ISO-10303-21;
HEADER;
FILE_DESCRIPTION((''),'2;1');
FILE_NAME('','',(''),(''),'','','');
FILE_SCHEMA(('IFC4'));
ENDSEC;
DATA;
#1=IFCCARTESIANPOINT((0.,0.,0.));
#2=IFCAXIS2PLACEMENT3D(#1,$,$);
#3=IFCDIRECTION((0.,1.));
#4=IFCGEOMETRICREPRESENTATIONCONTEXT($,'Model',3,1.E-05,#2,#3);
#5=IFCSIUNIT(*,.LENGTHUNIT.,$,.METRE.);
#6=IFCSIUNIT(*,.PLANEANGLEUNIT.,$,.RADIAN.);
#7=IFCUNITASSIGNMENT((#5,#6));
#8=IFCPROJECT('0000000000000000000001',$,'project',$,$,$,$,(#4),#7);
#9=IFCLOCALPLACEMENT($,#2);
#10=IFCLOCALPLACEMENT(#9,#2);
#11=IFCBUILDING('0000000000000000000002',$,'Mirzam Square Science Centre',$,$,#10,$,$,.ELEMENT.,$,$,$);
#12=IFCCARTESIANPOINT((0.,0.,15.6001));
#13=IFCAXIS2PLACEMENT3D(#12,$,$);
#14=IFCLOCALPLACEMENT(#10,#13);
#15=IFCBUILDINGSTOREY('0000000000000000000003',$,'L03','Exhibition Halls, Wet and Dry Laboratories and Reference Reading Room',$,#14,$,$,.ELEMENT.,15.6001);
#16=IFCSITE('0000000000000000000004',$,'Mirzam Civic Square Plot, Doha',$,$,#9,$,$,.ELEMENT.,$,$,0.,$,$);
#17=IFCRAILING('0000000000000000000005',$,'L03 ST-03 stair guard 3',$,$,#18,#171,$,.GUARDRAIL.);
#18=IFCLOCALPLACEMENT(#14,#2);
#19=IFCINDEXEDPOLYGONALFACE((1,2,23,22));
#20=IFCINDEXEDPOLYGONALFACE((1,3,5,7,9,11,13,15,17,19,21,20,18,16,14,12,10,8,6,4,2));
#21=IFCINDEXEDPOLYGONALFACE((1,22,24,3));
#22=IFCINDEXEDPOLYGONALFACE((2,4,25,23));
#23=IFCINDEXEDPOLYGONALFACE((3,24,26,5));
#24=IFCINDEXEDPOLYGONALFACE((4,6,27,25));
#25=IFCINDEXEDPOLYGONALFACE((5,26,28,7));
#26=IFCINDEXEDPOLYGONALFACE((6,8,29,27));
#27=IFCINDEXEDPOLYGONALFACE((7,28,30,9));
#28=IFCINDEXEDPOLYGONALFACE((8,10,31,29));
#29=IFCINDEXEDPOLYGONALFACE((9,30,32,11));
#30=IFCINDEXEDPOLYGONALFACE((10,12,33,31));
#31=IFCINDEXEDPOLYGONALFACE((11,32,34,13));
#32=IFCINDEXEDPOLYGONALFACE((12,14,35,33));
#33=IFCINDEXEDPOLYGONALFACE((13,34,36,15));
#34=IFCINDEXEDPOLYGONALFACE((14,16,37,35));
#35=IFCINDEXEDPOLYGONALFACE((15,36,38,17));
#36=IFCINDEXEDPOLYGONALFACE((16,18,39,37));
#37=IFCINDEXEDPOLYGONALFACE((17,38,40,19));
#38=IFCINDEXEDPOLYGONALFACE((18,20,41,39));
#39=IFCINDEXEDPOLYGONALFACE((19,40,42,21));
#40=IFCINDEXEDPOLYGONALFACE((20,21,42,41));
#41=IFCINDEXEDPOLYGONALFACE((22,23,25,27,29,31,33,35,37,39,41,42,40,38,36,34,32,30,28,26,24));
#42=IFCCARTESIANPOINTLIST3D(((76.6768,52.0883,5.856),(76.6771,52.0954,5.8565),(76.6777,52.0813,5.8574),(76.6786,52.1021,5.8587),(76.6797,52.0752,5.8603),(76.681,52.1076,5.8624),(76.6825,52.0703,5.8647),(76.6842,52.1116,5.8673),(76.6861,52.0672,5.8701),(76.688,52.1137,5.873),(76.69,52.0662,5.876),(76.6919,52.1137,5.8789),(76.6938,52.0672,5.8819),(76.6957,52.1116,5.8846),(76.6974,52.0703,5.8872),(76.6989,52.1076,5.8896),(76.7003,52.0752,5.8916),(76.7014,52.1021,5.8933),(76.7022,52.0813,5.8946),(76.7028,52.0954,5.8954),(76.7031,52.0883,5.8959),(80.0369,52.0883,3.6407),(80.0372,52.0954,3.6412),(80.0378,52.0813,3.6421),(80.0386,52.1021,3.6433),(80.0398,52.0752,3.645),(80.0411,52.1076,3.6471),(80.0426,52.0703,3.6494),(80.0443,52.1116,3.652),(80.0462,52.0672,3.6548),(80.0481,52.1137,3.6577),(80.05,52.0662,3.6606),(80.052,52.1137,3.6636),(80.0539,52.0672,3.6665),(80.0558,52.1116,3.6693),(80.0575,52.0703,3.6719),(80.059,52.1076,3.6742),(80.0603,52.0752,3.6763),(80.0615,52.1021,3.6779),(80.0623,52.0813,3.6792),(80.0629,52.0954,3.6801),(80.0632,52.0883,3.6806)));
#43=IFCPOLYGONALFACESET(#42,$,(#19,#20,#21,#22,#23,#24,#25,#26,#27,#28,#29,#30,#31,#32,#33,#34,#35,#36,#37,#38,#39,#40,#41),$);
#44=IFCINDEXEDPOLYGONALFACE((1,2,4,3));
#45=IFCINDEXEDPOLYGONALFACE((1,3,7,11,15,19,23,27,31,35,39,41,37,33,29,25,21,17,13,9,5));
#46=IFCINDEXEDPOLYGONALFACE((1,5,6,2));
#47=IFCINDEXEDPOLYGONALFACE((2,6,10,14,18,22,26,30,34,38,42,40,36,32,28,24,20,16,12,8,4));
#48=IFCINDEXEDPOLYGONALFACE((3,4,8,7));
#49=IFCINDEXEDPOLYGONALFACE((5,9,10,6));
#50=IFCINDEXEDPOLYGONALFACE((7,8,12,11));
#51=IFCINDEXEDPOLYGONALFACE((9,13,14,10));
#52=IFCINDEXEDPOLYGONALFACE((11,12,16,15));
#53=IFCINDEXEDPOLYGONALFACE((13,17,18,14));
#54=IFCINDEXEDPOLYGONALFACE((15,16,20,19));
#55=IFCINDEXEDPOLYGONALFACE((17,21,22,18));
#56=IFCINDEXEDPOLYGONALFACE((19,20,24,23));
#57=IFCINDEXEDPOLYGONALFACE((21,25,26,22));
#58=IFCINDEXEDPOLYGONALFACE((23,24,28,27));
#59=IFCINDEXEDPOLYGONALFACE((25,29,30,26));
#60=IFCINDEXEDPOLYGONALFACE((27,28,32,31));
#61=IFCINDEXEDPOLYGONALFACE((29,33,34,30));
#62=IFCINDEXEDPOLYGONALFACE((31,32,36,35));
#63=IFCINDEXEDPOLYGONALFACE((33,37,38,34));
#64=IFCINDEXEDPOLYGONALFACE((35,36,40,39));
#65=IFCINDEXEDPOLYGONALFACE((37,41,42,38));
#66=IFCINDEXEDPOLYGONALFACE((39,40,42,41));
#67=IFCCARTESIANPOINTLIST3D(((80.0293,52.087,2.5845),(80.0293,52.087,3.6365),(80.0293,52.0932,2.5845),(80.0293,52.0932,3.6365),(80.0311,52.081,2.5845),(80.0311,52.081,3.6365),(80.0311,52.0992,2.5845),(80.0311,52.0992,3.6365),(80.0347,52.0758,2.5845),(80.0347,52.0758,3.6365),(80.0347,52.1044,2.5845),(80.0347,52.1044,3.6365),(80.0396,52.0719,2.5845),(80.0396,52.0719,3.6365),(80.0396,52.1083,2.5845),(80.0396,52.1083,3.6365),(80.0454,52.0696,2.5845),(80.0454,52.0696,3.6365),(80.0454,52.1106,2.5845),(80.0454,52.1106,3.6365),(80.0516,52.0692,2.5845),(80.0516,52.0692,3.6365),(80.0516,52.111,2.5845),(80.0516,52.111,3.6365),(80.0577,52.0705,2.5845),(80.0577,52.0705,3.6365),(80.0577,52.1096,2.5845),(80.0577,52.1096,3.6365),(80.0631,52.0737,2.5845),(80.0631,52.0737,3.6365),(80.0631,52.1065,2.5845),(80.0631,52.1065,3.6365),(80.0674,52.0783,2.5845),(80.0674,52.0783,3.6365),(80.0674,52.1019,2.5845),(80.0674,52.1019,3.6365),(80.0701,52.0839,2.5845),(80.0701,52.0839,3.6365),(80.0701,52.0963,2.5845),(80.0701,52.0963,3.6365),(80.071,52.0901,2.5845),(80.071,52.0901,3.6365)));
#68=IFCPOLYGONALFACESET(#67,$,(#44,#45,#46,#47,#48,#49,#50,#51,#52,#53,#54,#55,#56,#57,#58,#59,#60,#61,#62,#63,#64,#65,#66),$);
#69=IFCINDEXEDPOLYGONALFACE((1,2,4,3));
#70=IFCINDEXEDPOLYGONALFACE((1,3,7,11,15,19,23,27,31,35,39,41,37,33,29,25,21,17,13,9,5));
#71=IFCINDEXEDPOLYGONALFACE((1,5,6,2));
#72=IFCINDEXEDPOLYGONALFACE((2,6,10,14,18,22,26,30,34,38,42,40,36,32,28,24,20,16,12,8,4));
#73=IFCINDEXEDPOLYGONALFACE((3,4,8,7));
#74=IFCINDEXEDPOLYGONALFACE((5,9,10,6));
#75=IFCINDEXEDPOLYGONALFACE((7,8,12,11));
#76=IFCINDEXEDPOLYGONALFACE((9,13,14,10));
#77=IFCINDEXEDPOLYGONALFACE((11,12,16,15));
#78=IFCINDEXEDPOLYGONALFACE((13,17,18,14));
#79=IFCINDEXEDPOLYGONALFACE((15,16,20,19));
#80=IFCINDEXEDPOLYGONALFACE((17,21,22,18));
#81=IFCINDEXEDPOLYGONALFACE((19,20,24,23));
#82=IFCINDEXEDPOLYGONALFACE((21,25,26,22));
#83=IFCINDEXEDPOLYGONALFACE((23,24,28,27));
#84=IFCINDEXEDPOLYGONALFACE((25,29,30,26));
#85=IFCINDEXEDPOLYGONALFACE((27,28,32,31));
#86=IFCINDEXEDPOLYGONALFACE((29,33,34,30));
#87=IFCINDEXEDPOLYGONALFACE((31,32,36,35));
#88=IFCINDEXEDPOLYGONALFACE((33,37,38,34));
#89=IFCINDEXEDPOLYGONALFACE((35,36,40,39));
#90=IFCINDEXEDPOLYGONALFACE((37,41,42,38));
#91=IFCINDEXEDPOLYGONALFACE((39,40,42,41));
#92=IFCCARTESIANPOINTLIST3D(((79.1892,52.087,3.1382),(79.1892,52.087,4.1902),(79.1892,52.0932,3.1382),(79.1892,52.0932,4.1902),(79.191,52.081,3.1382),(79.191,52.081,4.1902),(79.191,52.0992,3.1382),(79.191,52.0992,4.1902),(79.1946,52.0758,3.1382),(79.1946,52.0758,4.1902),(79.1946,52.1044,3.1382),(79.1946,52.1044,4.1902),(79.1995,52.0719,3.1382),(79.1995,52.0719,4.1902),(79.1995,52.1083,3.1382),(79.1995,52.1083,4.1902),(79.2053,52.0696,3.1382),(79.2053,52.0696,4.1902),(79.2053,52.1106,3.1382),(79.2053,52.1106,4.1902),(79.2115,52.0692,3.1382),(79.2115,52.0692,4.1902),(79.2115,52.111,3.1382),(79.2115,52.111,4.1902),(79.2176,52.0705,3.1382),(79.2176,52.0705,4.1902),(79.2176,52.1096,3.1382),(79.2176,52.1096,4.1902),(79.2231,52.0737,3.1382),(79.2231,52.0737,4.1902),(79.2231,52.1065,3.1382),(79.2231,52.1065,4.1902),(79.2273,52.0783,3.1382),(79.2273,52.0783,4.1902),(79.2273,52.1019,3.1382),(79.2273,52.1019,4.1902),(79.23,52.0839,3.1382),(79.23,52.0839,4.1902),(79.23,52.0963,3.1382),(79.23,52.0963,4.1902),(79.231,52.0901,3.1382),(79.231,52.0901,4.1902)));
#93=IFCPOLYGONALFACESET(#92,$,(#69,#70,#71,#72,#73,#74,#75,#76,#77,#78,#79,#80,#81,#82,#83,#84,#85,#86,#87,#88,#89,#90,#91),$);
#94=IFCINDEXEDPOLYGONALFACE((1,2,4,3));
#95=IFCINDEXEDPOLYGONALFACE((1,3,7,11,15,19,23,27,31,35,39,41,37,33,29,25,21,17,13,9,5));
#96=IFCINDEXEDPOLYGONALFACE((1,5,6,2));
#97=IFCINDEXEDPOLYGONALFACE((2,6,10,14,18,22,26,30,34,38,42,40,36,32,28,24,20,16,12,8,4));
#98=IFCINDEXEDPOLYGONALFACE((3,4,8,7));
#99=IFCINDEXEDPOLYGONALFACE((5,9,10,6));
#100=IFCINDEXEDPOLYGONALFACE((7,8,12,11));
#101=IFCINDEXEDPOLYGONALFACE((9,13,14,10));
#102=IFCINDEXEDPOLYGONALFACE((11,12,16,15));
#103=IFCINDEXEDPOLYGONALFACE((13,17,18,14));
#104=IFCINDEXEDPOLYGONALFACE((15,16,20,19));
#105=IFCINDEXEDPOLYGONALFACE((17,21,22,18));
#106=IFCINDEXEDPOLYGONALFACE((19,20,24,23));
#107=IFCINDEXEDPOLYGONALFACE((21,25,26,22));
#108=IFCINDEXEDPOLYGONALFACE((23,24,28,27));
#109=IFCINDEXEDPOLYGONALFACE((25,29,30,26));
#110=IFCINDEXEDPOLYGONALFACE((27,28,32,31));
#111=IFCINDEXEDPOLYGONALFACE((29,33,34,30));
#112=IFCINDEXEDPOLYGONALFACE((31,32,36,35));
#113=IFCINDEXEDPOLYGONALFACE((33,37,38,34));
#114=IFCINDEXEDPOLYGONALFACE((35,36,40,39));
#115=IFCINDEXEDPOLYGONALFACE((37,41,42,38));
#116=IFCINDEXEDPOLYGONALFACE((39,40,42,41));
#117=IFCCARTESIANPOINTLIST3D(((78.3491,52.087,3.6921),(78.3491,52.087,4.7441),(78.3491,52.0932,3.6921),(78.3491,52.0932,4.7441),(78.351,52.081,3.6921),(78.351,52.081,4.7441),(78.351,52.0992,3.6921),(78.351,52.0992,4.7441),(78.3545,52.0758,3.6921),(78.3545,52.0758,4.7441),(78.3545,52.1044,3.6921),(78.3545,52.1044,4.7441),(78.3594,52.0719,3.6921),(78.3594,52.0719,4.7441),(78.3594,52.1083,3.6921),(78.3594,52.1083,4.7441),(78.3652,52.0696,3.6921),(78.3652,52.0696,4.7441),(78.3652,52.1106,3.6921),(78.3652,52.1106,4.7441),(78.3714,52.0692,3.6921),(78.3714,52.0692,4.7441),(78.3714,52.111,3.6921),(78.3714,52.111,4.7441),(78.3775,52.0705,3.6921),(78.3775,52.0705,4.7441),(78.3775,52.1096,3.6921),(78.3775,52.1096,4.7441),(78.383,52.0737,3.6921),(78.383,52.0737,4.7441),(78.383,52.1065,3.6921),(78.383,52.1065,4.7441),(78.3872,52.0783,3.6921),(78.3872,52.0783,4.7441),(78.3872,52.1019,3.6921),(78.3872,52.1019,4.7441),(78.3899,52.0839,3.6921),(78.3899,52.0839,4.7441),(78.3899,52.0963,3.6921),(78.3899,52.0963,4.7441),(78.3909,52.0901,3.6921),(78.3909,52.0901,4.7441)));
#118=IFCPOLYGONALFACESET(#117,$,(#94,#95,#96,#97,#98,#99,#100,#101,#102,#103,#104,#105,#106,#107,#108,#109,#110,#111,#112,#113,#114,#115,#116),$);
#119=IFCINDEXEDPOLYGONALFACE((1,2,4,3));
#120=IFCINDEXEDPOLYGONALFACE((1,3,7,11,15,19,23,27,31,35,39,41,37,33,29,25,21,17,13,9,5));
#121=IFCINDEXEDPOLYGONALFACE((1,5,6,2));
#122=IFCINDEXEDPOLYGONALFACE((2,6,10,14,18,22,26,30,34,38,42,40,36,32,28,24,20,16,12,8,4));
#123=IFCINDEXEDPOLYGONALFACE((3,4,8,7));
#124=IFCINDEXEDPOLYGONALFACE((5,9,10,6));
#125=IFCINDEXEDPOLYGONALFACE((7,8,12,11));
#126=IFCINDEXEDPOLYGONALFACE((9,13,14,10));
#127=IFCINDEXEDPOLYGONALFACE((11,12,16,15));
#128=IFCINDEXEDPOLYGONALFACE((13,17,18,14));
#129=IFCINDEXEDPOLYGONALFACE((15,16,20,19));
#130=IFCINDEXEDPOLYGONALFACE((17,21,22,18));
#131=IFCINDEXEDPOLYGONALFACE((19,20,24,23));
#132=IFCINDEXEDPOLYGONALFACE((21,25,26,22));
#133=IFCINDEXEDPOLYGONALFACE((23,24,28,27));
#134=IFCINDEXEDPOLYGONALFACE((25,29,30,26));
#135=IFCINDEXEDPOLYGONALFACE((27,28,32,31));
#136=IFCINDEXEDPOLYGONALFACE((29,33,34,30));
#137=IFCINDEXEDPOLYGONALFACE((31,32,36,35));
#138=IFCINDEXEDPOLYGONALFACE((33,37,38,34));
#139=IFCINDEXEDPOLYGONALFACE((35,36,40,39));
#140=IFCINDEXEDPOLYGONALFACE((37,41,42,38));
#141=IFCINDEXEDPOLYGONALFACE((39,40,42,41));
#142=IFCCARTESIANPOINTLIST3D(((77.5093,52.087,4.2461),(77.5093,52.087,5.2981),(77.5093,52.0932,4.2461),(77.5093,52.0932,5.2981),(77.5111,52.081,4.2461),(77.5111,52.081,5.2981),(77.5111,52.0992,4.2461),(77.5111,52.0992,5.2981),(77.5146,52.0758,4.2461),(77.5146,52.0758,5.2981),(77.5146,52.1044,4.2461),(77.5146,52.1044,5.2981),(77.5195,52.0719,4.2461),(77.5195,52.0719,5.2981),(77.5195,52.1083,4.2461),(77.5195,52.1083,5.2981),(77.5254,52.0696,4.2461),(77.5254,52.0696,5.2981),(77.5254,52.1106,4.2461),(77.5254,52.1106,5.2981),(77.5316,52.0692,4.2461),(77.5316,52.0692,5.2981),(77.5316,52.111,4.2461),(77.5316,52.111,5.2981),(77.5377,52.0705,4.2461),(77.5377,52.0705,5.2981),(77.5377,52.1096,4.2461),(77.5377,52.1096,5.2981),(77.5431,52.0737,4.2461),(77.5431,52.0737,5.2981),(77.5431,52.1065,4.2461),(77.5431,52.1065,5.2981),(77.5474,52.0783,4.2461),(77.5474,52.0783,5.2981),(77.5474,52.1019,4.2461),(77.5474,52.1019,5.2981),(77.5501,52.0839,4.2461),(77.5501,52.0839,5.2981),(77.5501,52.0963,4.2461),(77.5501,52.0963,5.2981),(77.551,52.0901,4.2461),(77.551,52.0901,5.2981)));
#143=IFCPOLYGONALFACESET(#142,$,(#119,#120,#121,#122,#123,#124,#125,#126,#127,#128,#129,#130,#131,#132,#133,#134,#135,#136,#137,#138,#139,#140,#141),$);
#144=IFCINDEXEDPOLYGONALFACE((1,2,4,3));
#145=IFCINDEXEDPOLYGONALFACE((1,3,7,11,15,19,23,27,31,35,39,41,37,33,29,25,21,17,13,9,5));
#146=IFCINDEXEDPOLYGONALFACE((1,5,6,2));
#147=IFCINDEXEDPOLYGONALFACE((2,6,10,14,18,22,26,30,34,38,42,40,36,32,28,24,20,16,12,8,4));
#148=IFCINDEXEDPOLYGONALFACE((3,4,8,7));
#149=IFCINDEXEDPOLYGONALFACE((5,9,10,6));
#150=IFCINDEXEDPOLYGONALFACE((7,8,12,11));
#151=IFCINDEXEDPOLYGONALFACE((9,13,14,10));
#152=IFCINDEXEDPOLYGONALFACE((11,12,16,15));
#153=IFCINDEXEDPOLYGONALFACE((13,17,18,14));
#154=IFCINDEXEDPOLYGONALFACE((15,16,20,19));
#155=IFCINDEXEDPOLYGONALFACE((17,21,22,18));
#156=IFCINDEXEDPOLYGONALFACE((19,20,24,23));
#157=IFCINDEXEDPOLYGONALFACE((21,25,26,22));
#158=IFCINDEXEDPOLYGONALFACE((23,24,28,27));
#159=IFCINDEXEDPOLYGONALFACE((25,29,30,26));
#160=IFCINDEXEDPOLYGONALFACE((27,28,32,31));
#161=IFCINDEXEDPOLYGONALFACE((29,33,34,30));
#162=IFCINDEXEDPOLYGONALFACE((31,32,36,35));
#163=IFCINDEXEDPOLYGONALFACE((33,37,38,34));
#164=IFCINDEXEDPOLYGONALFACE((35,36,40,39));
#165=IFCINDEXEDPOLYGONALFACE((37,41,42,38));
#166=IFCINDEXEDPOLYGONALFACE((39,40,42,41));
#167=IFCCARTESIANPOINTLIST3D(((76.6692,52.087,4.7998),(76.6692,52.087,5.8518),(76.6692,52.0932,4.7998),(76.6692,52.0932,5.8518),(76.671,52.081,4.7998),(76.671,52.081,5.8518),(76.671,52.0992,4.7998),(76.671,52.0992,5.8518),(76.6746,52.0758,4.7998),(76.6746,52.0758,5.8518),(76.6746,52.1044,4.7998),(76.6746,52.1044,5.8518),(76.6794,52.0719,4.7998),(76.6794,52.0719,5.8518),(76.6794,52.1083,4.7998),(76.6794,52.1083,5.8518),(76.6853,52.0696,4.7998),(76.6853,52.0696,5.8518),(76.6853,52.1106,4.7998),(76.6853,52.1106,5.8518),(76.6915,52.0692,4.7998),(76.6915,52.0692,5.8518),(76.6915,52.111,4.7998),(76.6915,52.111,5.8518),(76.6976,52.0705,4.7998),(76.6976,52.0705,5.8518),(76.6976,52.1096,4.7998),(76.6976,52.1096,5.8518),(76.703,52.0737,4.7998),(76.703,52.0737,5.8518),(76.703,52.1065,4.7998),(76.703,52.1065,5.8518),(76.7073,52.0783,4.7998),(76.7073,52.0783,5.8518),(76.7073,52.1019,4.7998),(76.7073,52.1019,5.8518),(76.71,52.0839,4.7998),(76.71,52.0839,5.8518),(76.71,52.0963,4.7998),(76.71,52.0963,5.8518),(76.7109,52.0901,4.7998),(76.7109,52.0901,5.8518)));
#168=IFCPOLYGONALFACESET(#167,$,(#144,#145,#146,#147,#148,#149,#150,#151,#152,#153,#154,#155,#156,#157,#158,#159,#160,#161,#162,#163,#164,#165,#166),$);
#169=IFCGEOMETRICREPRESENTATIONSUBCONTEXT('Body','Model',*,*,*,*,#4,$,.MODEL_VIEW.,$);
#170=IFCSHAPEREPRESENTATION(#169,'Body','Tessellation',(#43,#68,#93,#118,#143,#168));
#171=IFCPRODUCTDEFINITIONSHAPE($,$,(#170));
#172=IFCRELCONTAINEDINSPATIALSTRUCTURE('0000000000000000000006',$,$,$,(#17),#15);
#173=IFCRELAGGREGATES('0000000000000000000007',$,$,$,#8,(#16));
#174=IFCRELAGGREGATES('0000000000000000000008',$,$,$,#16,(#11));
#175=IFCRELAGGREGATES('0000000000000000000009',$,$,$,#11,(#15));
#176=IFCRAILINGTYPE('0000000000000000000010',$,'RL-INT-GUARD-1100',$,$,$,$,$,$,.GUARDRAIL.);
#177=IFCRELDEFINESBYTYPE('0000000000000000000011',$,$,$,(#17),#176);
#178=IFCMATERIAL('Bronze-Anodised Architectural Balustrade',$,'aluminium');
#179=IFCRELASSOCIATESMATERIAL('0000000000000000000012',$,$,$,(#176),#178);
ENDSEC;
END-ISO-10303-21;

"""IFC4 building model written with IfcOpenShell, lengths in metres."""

from ifc_helpers import new_model, si_unit, direction, frame, origin, origin_2d, place, context, subcontext, project, spatial, circle, extrude, material, type_object, element, save


model = new_model("IFC4")

# Units and contexts
model_context = context("Model", 3, precision=1e-05, world=origin(), true_north=direction((0.0, 1.0)))
body_context = subcontext(model_context, "Body", "Model", "MODEL_VIEW")
ifc_project = project(units=[si_unit("LENGTHUNIT", "METRE"), si_unit("PLANEANGLEUNIT", "RADIAN")], contexts=[model_context])

# Site, building, storey
site_placement = place(None, origin())
site = spatial("IfcSite", under=ifc_project, at=site_placement, Name="Mirzam Civic Square Plot, Doha", CompositionType="ELEMENT", RefElevation=0.0)
building_placement = place(site_placement, origin())
building = spatial("IfcBuilding", under=site, at=building_placement, Name="Mirzam Square Science Centre", CompositionType="ELEMENT")
storey_placement = place(building_placement, frame((0.0, 0.0, 15.6001)))
storey = spatial("IfcBuildingStorey", under=building, at=storey_placement, Name="L03", Description="Exhibition Halls, Wet and Dry Laboratories and Reference Reading Room", CompositionType="ELEMENT", Elevation=15.6001)

# Railing
ifc_material_1 = material(Name="Bronze-Anodised Architectural Balustrade", Category="aluminium")
railing_type_1 = type_object("IfcRailingType", Name="RL-INT-GUARD-1100", PredefinedType="GUARDRAIL", material=ifc_material_1)
railing_1_placement = place(storey_placement, frame((80.05, 52.0901, 2.5845)))
element("IfcRailing", 1, at=railing_1_placement, inside=storey, type_object=railing_type_1, Name="L03 ST-03 stair guard 3", PredefinedType="GUARDRAIL", context=body_context, shape_type="SweptSolid", body=[
    extrude(circle(Radius=0.0239, at=origin_2d()), frame((0.0, 0.0, 1.0762), z_axis=(-0.834876, 0.0, 0.550437), x_axis=(0.0, -1.0, 0.0)), (0.0, 0.0, 1.0), 4.0247),
    extrude(circle(Radius=0.021, at=origin_2d()), origin(), (0.0, 0.0, 1.0), 1.052),
    extrude(circle(Radius=0.021, at=origin_2d()), frame((-0.8401, 0.0, 0.5537)), (0.0, 0.0, 1.0), 1.052),
    extrude(circle(Radius=0.021, at=origin_2d()), frame((-1.6802, 0.0, 1.1077)), (0.0, 0.0, 1.0), 1.052),
    extrude(circle(Radius=0.021, at=origin_2d()), frame((-2.52, 0.0, 1.6616)), (0.0, 0.0, 1.0), 1.052),
    extrude(circle(Radius=0.021, at=origin_2d()), frame((-3.3601, 0.0, 2.2153)), (0.0, 0.0, 1.0), 1.052),
])

save(model, "model.ifc")
